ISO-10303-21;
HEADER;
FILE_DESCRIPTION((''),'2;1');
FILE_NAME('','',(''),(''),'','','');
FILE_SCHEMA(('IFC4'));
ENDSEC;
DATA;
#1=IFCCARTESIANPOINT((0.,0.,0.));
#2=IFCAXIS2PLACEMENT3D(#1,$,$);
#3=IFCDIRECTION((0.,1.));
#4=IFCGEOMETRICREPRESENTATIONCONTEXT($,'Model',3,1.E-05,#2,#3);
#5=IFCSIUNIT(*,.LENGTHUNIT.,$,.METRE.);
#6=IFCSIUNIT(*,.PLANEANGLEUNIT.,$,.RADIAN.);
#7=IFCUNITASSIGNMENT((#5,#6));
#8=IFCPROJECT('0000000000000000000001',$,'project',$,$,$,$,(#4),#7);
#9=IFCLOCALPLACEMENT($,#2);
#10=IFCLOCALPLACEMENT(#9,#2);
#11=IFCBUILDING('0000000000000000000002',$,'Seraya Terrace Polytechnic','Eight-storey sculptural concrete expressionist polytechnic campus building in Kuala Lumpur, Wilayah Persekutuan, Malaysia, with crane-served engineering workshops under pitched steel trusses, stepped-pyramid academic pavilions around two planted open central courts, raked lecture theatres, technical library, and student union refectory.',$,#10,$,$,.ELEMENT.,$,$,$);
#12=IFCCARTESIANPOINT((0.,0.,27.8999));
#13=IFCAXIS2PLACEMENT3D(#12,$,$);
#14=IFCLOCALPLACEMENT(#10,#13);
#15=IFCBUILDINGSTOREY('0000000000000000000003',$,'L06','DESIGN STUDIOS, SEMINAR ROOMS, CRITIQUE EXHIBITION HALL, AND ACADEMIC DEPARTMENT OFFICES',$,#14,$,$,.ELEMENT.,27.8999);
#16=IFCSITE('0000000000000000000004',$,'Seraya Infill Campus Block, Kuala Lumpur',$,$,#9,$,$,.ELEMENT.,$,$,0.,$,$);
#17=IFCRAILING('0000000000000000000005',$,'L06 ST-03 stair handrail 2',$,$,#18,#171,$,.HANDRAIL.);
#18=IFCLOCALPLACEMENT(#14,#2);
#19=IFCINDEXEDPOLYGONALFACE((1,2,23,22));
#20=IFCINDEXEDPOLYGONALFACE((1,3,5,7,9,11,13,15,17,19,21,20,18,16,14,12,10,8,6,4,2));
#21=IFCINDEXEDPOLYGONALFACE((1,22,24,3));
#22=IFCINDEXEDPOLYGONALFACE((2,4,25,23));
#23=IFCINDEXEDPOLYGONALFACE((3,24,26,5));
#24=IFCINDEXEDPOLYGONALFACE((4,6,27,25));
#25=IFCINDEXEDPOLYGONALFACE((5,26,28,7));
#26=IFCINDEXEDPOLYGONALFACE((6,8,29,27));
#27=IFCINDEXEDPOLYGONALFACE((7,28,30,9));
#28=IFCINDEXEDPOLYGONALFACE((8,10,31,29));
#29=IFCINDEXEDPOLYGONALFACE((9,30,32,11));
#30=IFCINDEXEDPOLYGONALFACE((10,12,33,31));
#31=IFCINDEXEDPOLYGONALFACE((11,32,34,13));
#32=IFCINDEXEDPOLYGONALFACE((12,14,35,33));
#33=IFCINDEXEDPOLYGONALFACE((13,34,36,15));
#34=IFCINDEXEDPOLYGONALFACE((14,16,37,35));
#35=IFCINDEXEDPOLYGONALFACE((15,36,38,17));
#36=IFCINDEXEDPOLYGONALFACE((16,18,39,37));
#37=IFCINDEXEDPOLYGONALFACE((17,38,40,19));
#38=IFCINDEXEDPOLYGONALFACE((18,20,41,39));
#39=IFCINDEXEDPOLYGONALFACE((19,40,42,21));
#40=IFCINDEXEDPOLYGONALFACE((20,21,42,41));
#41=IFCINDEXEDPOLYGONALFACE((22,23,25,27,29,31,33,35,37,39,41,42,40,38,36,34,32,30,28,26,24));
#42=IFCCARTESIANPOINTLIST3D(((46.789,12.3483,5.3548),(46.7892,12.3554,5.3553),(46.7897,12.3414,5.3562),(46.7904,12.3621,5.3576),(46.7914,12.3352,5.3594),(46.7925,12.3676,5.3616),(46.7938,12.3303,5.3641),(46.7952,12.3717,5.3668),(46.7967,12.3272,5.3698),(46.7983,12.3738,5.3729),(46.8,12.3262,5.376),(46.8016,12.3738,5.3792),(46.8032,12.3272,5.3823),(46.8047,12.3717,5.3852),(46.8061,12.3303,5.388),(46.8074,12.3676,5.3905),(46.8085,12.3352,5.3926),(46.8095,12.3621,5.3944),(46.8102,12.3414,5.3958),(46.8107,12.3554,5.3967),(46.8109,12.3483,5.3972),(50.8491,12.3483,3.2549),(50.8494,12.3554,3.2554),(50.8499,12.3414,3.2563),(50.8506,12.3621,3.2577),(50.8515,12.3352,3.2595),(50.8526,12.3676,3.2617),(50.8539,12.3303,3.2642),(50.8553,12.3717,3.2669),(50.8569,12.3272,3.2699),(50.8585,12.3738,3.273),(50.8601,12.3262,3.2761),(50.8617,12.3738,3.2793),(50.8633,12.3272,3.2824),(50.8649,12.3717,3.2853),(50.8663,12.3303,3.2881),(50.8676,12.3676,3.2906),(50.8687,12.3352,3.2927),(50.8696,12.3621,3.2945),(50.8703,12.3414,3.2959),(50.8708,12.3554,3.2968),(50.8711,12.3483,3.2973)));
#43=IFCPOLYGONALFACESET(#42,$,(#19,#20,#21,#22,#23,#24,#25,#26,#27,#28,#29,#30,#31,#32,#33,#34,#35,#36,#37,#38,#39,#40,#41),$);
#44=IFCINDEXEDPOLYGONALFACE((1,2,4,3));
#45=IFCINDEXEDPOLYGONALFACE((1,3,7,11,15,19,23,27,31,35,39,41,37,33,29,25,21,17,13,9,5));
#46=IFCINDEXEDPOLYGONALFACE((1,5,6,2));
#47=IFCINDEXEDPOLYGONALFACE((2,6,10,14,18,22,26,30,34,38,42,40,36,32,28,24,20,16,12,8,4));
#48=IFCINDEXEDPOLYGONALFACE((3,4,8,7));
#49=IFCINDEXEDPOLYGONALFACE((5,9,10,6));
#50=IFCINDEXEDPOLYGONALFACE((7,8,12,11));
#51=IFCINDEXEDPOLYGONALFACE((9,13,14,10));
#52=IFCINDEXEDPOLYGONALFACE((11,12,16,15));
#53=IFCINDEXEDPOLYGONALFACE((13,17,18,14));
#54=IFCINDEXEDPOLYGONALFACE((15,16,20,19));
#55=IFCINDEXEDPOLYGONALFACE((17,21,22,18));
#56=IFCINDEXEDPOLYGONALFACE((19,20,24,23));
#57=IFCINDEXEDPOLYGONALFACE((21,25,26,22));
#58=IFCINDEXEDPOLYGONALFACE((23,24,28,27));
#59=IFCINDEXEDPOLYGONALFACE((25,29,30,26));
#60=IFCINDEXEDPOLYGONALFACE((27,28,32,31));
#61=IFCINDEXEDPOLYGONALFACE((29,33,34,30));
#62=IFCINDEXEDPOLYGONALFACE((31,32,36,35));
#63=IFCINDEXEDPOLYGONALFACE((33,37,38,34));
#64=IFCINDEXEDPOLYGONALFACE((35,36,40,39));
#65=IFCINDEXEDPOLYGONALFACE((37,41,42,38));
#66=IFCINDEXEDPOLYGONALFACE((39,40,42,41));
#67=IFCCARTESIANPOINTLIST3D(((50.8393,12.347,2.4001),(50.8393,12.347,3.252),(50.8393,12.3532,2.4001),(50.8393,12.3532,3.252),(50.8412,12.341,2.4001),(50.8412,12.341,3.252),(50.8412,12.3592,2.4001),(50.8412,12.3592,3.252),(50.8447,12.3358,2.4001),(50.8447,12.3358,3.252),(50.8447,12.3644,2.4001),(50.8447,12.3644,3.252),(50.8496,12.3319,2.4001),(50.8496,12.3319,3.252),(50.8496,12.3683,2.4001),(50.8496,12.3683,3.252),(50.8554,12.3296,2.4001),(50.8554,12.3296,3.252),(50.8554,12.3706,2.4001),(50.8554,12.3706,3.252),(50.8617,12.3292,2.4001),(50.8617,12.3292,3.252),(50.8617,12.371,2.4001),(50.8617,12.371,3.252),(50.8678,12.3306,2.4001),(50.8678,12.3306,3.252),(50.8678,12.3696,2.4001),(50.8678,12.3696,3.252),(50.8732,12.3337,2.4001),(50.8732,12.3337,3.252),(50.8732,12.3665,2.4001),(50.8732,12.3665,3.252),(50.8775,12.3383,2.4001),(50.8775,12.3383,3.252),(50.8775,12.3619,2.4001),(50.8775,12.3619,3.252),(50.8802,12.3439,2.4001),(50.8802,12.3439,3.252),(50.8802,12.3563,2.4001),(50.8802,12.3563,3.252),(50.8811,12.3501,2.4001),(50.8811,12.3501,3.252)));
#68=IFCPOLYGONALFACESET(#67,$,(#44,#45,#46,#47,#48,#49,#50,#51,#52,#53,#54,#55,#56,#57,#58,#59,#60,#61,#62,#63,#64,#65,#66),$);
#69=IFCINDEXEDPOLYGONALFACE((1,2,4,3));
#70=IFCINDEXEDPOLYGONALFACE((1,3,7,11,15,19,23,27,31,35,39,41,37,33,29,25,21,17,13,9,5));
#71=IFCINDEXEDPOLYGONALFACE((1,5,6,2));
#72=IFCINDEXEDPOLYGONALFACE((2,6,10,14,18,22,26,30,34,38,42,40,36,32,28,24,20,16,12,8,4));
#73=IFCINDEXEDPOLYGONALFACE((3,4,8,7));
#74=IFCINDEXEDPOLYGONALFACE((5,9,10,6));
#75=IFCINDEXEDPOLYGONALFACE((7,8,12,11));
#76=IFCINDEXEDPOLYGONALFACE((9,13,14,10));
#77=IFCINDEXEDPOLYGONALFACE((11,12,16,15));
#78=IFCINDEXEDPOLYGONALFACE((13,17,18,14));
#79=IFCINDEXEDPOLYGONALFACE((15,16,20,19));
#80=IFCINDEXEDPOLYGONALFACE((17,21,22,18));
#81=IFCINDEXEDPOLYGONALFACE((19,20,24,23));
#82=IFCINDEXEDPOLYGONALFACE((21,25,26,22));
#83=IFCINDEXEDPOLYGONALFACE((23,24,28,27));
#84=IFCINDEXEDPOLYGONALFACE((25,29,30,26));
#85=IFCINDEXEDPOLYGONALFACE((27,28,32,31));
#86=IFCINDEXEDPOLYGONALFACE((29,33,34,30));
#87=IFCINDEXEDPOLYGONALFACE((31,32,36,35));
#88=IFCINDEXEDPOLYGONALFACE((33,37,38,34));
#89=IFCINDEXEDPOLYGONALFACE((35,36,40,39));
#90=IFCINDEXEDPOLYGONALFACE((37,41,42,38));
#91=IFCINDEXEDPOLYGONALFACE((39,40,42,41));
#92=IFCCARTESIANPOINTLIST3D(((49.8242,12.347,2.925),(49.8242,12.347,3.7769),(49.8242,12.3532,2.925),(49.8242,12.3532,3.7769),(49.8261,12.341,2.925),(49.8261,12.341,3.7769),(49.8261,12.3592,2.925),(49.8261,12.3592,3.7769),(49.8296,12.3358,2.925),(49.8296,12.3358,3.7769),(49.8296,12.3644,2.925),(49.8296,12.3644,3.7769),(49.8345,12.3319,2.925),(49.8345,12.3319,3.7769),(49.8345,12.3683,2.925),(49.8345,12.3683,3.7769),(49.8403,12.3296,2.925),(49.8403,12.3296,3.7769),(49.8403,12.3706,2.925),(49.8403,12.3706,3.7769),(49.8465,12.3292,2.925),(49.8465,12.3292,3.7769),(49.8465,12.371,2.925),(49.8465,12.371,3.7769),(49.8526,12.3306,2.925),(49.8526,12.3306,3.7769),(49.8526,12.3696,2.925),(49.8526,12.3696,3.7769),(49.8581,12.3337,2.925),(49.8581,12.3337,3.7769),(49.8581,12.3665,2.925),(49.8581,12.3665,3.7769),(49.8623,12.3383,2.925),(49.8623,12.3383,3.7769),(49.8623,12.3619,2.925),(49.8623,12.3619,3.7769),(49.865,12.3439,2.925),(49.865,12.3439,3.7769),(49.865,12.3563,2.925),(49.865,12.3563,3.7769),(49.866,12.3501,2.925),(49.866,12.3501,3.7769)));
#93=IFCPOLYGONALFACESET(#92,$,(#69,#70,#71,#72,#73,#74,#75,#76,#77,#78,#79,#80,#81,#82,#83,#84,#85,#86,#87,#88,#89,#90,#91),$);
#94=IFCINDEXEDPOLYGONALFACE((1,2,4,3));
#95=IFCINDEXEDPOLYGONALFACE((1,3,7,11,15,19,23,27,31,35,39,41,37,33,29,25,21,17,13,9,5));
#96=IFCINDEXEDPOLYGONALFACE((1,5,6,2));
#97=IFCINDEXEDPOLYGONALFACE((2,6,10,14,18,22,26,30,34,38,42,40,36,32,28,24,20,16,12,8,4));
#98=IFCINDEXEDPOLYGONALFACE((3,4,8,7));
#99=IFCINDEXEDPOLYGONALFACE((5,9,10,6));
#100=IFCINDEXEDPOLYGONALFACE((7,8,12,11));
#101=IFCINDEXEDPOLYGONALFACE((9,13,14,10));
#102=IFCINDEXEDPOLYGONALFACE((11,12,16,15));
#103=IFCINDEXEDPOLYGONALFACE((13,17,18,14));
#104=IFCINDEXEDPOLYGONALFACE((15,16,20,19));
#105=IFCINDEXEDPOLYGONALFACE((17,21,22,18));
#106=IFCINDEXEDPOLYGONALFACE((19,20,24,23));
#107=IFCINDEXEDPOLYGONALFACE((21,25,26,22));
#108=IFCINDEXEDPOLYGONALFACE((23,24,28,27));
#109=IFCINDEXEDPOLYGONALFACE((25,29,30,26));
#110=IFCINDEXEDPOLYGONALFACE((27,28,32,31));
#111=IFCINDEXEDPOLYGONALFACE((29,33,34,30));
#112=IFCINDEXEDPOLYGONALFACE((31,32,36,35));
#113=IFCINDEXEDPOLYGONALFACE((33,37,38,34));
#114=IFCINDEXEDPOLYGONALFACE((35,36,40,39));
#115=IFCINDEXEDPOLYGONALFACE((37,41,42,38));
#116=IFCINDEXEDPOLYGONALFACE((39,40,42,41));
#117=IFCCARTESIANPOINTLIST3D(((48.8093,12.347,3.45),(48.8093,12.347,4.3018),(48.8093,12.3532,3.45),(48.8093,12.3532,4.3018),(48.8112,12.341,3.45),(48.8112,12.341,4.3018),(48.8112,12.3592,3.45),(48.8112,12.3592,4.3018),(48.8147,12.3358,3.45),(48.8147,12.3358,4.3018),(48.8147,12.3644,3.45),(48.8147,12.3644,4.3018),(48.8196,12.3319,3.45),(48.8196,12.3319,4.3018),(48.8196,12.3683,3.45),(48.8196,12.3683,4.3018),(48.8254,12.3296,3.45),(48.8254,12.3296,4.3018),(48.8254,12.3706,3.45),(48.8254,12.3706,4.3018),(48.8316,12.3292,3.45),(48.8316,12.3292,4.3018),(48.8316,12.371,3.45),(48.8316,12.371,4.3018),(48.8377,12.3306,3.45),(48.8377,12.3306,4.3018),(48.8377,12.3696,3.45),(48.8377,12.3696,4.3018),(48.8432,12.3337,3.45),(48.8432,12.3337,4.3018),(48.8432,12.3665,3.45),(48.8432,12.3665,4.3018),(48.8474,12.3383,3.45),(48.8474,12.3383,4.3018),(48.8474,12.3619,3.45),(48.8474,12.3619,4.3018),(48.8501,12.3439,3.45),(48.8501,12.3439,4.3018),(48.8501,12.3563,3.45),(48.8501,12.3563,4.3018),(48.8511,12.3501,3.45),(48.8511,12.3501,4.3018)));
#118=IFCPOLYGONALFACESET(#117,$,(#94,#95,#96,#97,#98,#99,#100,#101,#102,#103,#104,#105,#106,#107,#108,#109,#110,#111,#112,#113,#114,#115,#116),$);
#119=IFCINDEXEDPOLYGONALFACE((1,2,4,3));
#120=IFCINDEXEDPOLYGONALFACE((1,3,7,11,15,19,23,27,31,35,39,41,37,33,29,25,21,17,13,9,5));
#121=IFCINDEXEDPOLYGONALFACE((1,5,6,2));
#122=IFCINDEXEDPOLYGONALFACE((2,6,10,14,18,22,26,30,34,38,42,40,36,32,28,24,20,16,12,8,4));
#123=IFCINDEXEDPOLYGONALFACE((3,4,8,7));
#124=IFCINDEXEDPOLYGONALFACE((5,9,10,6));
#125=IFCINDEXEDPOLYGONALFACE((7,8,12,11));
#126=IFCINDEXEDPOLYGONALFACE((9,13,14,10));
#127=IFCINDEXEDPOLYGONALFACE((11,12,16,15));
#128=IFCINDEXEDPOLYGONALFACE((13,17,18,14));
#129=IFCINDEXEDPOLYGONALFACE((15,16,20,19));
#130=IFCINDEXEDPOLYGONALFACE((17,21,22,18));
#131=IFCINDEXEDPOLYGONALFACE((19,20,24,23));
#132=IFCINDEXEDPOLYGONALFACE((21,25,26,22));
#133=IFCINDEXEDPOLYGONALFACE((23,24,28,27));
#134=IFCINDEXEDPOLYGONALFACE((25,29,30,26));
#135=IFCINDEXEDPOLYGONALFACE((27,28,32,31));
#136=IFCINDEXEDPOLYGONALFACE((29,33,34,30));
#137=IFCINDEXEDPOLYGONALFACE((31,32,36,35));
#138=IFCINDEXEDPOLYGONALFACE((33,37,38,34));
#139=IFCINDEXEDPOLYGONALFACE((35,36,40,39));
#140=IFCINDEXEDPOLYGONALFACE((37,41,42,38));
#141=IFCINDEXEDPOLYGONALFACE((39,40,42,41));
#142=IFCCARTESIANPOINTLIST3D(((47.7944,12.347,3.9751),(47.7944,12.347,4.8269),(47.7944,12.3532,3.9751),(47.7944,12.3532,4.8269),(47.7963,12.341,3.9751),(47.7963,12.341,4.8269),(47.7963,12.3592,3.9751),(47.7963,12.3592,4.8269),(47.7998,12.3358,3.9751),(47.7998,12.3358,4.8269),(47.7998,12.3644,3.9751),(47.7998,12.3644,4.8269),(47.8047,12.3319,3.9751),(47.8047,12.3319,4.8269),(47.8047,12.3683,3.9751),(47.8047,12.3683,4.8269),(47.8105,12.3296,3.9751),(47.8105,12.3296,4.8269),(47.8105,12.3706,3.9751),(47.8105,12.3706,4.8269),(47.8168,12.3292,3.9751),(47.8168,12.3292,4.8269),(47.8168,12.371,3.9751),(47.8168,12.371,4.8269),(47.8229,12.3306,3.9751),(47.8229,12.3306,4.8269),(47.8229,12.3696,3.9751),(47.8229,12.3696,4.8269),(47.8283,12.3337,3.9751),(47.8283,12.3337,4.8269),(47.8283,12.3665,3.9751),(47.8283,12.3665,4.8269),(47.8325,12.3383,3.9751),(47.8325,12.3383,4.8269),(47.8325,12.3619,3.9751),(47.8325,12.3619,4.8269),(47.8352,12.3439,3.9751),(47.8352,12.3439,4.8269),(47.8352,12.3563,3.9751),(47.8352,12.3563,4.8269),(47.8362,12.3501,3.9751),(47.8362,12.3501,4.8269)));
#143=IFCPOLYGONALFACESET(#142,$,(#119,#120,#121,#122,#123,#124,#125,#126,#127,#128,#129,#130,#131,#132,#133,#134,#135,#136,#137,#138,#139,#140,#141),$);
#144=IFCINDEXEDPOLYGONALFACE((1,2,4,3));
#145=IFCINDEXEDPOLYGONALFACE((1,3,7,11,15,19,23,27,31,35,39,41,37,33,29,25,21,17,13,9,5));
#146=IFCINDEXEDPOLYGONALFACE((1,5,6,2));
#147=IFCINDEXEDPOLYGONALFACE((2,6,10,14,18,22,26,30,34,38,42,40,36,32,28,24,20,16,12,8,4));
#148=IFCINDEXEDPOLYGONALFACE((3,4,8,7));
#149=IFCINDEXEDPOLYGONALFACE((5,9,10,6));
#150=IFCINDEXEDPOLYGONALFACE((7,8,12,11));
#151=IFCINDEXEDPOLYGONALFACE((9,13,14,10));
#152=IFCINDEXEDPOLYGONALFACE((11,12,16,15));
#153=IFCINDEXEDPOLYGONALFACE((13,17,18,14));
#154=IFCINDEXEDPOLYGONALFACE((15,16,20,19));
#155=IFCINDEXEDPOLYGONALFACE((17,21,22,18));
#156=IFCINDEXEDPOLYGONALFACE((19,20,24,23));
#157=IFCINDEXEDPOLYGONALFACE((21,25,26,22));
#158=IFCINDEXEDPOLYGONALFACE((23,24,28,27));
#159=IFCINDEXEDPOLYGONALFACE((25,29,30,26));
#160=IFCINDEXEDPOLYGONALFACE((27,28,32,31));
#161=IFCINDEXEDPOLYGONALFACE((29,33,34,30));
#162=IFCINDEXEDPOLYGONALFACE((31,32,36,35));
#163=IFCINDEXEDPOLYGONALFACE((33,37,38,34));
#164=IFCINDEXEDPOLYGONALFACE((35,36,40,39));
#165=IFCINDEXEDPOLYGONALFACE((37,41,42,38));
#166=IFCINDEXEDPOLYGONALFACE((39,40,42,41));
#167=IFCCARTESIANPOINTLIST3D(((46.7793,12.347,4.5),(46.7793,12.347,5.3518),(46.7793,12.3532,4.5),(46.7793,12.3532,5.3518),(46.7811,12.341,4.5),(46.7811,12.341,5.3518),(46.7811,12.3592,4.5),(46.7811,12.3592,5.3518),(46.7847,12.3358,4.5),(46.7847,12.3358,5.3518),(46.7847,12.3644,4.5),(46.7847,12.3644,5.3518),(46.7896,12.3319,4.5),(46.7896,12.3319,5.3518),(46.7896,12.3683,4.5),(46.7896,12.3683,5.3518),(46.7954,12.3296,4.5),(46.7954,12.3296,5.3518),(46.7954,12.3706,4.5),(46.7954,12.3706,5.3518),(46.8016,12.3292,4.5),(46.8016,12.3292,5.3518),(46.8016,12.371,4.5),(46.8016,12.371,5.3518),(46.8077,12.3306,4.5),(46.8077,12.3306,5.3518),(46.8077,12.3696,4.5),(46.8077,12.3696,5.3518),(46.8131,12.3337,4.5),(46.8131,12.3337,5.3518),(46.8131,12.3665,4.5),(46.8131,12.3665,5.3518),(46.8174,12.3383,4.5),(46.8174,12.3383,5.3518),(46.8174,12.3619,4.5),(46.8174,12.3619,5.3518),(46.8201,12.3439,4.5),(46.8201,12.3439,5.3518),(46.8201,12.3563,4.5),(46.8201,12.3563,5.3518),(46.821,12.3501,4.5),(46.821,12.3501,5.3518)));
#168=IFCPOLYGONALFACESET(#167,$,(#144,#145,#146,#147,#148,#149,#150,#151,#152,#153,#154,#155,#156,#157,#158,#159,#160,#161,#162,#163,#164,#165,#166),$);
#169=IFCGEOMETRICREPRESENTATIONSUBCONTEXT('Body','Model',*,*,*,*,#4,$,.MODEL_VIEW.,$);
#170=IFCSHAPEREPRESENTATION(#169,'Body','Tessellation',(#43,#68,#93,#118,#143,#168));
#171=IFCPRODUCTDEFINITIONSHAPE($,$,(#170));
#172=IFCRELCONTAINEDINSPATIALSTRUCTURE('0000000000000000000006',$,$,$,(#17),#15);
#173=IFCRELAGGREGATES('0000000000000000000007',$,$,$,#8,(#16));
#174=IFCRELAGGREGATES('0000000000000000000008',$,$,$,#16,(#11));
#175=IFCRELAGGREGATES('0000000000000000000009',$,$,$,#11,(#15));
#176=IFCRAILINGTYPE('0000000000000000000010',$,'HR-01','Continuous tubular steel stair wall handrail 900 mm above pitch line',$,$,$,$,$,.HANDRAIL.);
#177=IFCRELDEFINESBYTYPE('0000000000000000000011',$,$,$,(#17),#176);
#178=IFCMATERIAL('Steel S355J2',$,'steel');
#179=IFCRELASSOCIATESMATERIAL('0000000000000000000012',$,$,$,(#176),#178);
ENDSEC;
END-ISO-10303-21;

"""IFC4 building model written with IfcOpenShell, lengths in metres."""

from ifc_helpers import new_model, si_unit, direction, frame, origin, origin_2d, place, context, subcontext, project, spatial, circle, extrude, material, type_object, element, save


model = new_model("IFC4")

# Units and contexts
model_context = context("Model", 3, precision=1e-05, world=origin(), true_north=direction((0.0, 1.0)))
body_context = subcontext(model_context, "Body", "Model", "MODEL_VIEW")
ifc_project = project(units=[si_unit("LENGTHUNIT", "METRE"), si_unit("PLANEANGLEUNIT", "RADIAN")], contexts=[model_context])

# Site, building, storey
site_placement = place(None, origin())
site = spatial("IfcSite", under=ifc_project, at=site_placement, Name="Seraya Infill Campus Block, Kuala Lumpur", CompositionType="ELEMENT", RefElevation=0.0)
building_placement = place(site_placement, origin())
building = spatial("IfcBuilding", under=site, at=building_placement, Name="Seraya Terrace Polytechnic", Description="Eight-storey sculptural concrete expressionist polytechnic campus building in Kuala Lumpur, Wilayah Persekutuan, Malaysia, with crane-served engineering workshops under pitched steel trusses, stepped-pyramid academic pavilions around two planted open central courts, raked lecture theatres, technical library, and student union refectory.", CompositionType="ELEMENT")
storey_placement = place(building_placement, frame((0.0, 0.0, 27.8999)))
storey = spatial("IfcBuildingStorey", under=building, at=storey_placement, Name="L06", Description="DESIGN STUDIOS, SEMINAR ROOMS, CRITIQUE EXHIBITION HALL, AND ACADEMIC DEPARTMENT OFFICES", CompositionType="ELEMENT", Elevation=27.8999)

# Railing
ifc_material_1 = material(Name="Steel S355J2", Category="steel")
railing_type_1 = type_object("IfcRailingType", Name="HR-01", Description="Continuous tubular steel stair wall handrail 900 mm above pitch line", PredefinedType="HANDRAIL", material=ifc_material_1)
railing_1_placement = place(storey_placement, frame((50.8601, 12.3501, 2.4001)))
element("IfcRailing", 1, at=railing_1_placement, inside=storey, type_object=railing_type_1, Name="L06 ST-03 stair handrail 2", PredefinedType="HANDRAIL", context=body_context, shape_type="SweptSolid", body=[
    extrude(circle(Radius=0.0239, at=origin_2d()), frame((0.0, 0.0, 0.876), z_axis=(-0.888233, 0.0, 0.459392), x_axis=(0.0, -1.0, 0.0)), (0.0, 0.0, 1.0), 4.571),
    extrude(circle(Radius=0.021, at=origin_2d()), origin(), (0.0, 0.0, 1.0), 0.8518),
    extrude(circle(Radius=0.021, at=origin_2d()), frame((-1.0151, 0.0, 0.5249)), (0.0, 0.0, 1.0), 0.8518),
    extrude(circle(Radius=0.021, at=origin_2d()), frame((-2.03, 0.0, 1.0498)), (0.0, 0.0, 1.0), 0.8518),
    extrude(circle(Radius=0.021, at=origin_2d()), frame((-3.0449, 0.0, 1.575)), (0.0, 0.0, 1.0), 0.8518),
    extrude(circle(Radius=0.021, at=origin_2d()), frame((-4.0601, 0.0, 2.0999)), (0.0, 0.0, 1.0), 0.8518),
])

save(model, "model.ifc")
